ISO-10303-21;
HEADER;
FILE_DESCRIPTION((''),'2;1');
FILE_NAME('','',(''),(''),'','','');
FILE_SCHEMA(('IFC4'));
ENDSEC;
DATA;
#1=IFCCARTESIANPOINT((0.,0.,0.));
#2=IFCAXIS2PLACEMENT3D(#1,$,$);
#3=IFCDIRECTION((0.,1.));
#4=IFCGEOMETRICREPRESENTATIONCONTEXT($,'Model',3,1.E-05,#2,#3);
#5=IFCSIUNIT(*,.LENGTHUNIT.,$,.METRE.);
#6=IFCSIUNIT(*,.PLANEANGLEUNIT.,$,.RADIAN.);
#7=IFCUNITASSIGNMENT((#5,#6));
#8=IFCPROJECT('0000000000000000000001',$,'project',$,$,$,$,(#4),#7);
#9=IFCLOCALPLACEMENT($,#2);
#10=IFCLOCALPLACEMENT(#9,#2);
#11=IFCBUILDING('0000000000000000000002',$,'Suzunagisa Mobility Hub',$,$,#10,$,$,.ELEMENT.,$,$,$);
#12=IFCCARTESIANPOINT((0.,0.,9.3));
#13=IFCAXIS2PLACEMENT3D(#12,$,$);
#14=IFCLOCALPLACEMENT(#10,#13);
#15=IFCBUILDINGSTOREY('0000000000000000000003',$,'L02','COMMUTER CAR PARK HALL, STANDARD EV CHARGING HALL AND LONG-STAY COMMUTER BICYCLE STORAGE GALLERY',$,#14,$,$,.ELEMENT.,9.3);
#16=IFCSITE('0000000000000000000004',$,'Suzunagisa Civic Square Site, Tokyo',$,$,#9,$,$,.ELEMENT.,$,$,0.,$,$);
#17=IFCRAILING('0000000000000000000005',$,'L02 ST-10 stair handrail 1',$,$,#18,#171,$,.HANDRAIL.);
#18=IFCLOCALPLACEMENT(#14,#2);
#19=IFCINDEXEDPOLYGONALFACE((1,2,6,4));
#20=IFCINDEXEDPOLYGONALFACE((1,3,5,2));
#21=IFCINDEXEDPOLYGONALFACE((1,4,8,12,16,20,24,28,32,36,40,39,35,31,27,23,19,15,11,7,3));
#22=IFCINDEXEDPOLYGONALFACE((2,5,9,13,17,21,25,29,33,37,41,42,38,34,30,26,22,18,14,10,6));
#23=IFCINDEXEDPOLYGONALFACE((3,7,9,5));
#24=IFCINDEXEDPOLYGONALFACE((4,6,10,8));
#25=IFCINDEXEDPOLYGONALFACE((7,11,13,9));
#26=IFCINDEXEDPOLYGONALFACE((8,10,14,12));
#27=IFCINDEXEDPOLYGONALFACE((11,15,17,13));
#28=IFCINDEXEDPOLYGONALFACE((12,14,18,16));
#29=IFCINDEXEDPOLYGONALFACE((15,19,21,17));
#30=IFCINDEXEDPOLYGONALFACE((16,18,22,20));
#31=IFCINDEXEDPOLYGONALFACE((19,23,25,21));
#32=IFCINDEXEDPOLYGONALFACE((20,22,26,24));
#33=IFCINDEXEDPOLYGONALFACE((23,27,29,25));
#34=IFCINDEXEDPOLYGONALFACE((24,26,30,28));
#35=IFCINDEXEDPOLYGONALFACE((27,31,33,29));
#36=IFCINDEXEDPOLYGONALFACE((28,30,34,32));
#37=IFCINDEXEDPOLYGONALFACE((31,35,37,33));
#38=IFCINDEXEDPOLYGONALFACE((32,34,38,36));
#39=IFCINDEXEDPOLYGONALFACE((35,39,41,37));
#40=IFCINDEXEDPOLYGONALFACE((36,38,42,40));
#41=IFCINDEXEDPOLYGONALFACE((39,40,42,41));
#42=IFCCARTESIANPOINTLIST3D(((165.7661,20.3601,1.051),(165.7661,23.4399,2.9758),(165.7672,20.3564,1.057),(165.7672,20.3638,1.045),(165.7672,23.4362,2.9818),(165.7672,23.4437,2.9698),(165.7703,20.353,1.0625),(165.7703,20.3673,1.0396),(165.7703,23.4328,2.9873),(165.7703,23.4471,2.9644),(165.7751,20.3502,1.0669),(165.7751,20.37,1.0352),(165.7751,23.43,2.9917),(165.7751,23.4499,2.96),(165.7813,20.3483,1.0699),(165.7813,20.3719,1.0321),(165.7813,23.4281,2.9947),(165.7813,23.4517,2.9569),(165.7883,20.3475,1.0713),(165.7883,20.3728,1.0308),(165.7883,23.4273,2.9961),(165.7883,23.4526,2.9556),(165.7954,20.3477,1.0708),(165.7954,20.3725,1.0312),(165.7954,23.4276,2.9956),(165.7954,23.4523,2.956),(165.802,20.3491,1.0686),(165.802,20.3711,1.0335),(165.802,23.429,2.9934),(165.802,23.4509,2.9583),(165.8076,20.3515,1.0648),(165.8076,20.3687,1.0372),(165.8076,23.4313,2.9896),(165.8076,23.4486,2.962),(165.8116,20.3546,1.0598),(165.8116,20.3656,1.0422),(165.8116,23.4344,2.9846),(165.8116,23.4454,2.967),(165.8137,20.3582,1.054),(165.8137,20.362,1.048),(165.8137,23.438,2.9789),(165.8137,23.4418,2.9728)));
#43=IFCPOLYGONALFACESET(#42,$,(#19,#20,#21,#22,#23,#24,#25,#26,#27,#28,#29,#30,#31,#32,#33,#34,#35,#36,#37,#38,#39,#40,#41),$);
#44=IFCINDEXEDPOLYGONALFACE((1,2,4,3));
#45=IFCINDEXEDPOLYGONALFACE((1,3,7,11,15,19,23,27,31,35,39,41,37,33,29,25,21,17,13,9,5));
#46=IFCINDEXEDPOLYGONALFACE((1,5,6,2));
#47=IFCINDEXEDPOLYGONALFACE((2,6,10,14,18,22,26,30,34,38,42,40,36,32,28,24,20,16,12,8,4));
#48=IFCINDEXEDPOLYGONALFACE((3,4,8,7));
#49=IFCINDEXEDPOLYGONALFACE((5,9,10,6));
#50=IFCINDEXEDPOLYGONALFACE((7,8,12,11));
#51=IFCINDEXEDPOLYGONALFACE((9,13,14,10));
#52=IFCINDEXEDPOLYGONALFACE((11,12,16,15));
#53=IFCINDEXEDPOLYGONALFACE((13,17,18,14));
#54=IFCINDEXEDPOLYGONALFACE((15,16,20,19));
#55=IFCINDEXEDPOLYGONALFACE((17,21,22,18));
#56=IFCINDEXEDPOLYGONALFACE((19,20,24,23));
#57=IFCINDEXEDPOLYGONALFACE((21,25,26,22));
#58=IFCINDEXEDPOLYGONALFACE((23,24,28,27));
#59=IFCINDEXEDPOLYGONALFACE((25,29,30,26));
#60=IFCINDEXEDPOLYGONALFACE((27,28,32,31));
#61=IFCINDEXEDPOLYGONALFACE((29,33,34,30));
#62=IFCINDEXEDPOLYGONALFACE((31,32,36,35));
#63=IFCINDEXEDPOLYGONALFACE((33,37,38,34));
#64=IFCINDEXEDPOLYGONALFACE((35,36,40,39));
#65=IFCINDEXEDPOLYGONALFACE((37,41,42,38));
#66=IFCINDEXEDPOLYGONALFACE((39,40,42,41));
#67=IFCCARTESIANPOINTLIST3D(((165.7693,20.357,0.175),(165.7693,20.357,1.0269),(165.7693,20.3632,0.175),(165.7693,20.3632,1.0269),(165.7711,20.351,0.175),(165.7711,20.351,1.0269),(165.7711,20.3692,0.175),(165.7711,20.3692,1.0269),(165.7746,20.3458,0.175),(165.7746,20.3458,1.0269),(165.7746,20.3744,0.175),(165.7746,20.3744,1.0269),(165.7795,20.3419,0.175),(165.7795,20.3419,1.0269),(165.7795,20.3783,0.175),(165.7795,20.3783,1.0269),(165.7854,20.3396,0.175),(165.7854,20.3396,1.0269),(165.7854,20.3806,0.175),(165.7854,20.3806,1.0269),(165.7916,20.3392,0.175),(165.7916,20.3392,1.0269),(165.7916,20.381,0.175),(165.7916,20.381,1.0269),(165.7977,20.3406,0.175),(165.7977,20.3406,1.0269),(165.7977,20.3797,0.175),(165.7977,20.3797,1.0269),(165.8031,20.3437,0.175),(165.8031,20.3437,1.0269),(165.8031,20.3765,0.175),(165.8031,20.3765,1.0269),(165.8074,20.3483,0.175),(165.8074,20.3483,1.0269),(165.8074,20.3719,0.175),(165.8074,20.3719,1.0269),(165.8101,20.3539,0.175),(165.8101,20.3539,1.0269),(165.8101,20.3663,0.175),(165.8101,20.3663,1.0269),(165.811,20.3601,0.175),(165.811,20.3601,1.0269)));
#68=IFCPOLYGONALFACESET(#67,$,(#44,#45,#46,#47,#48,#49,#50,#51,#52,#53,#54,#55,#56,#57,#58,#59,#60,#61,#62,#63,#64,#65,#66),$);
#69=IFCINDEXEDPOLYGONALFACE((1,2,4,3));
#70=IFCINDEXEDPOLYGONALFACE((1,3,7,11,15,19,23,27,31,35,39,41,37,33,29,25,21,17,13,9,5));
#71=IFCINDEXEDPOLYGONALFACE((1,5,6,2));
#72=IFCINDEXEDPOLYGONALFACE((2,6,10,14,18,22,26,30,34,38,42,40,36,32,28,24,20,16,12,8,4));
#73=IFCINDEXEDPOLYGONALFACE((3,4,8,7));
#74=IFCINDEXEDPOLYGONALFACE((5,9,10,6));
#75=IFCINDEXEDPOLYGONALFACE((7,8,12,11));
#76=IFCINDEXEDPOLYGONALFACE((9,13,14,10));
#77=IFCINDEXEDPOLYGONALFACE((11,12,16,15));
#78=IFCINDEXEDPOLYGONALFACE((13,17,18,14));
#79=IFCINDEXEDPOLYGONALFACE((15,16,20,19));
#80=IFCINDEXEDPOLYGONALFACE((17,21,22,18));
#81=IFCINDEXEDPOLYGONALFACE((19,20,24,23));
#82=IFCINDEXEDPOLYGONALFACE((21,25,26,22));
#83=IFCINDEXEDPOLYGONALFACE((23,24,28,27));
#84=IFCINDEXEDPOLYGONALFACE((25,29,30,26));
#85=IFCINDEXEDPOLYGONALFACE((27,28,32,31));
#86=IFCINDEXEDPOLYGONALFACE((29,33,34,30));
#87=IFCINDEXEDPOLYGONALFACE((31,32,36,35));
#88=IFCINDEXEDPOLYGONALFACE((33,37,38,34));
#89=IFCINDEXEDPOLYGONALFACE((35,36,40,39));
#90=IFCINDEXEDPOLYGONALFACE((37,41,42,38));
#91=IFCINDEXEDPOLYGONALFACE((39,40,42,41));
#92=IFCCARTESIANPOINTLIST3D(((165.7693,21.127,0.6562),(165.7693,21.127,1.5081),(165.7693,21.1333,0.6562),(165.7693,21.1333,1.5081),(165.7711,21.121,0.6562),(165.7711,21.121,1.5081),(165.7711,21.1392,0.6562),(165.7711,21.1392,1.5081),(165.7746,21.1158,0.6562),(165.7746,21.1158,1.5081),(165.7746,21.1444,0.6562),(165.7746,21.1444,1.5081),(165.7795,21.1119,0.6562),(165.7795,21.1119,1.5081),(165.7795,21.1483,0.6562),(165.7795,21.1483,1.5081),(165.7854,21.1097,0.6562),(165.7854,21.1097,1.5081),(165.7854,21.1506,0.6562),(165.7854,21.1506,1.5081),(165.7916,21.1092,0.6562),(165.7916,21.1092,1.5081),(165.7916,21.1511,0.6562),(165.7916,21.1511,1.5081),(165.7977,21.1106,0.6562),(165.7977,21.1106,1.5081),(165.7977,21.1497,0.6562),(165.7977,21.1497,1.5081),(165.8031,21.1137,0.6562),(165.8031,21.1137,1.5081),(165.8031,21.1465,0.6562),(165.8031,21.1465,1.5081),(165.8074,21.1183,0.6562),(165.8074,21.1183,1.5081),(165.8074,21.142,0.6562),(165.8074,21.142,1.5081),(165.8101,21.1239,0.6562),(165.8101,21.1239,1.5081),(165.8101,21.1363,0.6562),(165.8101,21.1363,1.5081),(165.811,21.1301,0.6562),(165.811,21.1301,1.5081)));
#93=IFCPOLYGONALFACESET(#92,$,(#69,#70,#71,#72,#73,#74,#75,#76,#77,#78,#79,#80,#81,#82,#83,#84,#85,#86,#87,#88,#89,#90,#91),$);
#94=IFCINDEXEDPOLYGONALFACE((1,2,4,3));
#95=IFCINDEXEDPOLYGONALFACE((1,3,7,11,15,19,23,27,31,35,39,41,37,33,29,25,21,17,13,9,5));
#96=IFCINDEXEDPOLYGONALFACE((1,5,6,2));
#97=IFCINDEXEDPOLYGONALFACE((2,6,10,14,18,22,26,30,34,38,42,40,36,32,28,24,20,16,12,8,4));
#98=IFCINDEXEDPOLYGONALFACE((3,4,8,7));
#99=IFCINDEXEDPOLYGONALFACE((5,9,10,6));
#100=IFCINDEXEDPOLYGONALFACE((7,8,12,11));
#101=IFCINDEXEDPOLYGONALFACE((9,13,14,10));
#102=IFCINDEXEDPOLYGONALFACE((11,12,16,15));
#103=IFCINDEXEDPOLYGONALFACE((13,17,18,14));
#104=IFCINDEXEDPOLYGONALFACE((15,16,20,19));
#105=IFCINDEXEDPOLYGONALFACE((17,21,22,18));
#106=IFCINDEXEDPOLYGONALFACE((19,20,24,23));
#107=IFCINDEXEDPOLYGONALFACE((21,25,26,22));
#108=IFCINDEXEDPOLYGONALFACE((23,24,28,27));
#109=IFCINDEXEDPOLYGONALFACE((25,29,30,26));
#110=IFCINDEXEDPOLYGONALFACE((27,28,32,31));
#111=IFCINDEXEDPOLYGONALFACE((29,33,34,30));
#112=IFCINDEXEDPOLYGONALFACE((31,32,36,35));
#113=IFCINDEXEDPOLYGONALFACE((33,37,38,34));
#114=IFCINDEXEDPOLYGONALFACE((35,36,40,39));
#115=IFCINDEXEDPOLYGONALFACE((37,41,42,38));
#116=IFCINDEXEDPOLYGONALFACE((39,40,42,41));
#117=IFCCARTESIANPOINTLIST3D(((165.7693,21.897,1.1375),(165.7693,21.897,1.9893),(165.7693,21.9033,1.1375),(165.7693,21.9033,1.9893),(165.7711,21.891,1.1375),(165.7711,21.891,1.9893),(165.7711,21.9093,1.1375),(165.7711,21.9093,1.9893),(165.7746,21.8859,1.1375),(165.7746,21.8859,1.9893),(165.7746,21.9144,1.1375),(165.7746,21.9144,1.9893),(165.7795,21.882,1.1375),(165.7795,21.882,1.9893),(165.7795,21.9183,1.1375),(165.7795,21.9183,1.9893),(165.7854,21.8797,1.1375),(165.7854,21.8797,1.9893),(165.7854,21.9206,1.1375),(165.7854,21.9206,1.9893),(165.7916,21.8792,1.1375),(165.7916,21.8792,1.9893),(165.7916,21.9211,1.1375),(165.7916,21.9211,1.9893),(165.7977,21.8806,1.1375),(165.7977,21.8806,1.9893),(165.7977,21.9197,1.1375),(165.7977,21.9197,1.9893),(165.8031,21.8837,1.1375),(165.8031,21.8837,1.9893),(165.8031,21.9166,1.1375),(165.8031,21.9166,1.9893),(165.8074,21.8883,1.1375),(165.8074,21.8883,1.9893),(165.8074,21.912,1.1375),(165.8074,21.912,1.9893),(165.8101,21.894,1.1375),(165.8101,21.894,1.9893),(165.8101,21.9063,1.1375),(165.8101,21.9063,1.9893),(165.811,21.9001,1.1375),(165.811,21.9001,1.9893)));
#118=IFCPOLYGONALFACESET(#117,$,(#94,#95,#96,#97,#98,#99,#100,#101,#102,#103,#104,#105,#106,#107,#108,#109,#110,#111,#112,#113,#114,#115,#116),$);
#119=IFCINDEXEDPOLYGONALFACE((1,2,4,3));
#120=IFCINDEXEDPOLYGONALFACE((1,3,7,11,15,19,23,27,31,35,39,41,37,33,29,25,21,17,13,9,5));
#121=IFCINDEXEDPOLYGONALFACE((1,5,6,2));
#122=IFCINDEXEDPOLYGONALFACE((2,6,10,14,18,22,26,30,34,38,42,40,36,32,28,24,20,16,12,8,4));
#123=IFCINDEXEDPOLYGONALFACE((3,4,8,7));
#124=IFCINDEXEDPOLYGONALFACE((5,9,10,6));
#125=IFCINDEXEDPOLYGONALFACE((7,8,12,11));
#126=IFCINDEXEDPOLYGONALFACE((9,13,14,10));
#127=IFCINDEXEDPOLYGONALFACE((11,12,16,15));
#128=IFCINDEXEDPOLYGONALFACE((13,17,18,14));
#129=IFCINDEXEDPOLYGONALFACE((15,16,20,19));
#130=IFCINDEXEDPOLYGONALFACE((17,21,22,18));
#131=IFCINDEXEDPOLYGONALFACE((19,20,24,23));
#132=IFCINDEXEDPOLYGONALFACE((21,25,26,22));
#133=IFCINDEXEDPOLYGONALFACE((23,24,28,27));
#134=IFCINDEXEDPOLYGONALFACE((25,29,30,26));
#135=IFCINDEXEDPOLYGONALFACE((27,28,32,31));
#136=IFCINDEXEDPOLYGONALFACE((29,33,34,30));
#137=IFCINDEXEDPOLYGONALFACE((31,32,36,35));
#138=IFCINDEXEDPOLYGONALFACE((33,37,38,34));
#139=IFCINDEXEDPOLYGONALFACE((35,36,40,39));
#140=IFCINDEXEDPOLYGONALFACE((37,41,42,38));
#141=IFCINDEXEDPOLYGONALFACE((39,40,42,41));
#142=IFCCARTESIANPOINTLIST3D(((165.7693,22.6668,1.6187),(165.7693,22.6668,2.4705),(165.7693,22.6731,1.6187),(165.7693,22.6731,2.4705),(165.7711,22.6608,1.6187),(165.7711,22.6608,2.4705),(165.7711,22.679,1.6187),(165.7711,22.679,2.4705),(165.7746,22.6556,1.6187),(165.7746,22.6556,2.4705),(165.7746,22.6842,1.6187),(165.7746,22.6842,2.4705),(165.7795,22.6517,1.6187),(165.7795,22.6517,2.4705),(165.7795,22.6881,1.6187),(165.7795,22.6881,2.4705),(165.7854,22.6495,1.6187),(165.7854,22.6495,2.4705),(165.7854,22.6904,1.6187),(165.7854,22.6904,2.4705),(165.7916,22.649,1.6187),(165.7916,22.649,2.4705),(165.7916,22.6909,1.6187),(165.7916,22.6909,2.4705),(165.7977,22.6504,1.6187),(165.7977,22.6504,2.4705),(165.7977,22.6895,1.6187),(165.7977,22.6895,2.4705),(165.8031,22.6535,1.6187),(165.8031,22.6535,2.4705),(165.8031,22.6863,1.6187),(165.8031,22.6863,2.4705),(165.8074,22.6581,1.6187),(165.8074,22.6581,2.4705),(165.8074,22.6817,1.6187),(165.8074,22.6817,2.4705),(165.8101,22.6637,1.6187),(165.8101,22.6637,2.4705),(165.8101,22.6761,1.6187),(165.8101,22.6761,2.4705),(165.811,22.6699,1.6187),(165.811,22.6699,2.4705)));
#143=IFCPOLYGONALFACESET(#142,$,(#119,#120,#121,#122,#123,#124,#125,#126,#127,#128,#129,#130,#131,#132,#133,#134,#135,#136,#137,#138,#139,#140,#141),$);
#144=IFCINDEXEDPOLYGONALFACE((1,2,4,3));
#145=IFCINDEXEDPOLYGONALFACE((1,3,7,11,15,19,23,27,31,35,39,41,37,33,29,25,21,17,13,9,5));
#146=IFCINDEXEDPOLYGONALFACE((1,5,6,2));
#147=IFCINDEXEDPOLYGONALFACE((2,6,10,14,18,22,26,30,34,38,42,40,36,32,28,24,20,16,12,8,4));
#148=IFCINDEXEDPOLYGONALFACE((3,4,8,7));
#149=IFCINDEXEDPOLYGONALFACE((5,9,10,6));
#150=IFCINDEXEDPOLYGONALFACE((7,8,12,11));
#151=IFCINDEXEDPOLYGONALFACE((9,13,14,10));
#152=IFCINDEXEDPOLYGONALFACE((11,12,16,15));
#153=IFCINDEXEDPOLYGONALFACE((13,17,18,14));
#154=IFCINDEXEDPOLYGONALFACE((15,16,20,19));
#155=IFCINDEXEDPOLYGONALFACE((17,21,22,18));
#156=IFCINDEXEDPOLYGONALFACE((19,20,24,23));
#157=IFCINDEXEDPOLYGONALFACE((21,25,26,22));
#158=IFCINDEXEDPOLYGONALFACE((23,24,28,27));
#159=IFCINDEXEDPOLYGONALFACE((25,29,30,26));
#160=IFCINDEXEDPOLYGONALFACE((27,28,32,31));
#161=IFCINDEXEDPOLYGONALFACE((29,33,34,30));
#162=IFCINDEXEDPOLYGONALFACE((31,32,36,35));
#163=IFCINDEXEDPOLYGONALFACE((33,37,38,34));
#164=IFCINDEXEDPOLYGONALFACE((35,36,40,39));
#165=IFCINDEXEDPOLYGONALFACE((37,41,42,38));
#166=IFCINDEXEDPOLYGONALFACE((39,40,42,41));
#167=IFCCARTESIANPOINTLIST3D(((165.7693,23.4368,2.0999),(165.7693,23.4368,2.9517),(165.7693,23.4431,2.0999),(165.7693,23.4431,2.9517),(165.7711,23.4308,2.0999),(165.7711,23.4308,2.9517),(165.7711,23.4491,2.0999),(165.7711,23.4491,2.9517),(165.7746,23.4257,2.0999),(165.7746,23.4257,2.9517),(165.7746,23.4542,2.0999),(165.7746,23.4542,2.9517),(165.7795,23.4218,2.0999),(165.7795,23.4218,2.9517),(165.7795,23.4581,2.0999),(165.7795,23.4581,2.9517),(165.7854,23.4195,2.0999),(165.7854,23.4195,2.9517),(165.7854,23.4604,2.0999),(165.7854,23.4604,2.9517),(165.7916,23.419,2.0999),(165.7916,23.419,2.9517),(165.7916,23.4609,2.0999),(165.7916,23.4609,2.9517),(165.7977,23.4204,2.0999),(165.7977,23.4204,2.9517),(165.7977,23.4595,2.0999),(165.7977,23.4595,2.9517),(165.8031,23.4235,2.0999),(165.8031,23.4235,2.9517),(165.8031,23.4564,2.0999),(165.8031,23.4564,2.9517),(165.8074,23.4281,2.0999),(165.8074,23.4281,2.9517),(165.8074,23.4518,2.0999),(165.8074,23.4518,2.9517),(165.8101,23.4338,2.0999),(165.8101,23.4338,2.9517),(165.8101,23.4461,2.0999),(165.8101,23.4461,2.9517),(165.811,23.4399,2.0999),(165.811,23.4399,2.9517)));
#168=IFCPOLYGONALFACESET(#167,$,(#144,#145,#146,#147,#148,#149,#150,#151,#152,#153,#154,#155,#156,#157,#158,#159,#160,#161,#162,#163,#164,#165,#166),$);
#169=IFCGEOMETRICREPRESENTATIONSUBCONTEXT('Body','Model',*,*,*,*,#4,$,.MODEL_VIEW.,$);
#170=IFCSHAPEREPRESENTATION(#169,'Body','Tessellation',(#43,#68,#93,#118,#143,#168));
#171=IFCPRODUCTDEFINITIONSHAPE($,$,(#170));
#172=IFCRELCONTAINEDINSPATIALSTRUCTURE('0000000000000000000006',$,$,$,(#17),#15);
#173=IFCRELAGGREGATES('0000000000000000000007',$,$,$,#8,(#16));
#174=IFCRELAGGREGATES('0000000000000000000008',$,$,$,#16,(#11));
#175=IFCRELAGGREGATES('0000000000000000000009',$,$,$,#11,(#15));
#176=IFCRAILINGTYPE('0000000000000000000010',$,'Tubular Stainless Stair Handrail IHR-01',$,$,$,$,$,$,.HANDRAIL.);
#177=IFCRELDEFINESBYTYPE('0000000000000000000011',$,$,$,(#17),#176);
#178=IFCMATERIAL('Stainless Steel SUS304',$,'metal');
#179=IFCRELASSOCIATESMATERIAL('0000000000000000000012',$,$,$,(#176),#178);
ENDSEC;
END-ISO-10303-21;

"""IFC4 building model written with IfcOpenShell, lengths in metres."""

from ifc_helpers import new_model, si_unit, direction, frame, origin, origin_2d, place, context, subcontext, project, spatial, circle, extrude, material, type_object, element, save


model = new_model("IFC4")

# Units and contexts
model_context = context("Model", 3, precision=1e-05, world=origin(), true_north=direction((0.0, 1.0)))
body_context = subcontext(model_context, "Body", "Model", "MODEL_VIEW")
ifc_project = project(units=[si_unit("LENGTHUNIT", "METRE"), si_unit("PLANEANGLEUNIT", "RADIAN")], contexts=[model_context])

# Site, building, storey
site_placement = place(None, origin())
site = spatial("IfcSite", under=ifc_project, at=site_placement, Name="Suzunagisa Civic Square Site, Tokyo", CompositionType="ELEMENT", RefElevation=0.0)
building_placement = place(site_placement, origin())
building = spatial("IfcBuilding", under=site, at=building_placement, Name="Suzunagisa Mobility Hub", CompositionType="ELEMENT")
storey_placement = place(building_placement, frame((0.0, 0.0, 9.3)))
storey = spatial("IfcBuildingStorey", under=building, at=storey_placement, Name="L02", Description="COMMUTER CAR PARK HALL, STANDARD EV CHARGING HALL AND LONG-STAY COMMUTER BICYCLE STORAGE GALLERY", CompositionType="ELEMENT", Elevation=9.3)

# Railing
ifc_material_1 = material(Name="Stainless Steel SUS304", Category="metal")
railing_type_1 = type_object("IfcRailingType", Name="Tubular Stainless Stair Handrail IHR-01", PredefinedType="HANDRAIL", material=ifc_material_1)
railing_1_placement = place(storey_placement, frame((165.79, 20.3601, 0.175)))
element("IfcRailing", 1, at=railing_1_placement, inside=storey, type_object=railing_type_1, Name="L02 ST-10 stair handrail 1", PredefinedType="HANDRAIL", context=body_context, shape_type="SweptSolid", body=[
    extrude(circle(Radius=0.0239, at=origin_2d()), frame((0.0, 0.0, 0.876), z_axis=(0.0, 0.84801, 0.529981), x_axis=(-1.0, 0.0, 0.0)), (0.0, 0.0, 1.0), 3.6318),
    extrude(circle(Radius=0.021, at=origin_2d()), origin(), (0.0, 0.0, 1.0), 0.8518),
    extrude(circle(Radius=0.021, at=origin_2d()), frame((0.0, 0.77, 0.4812)), (0.0, 0.0, 1.0), 0.8518),
    extrude(circle(Radius=0.021, at=origin_2d()), frame((0.0, 1.54, 0.9624)), (0.0, 0.0, 1.0), 0.8518),
    extrude(circle(Radius=0.021, at=origin_2d()), frame((0.0, 2.3098, 1.4436)), (0.0, 0.0, 1.0), 0.8518),
    extrude(circle(Radius=0.021, at=origin_2d()), frame((0.0, 3.0798, 1.9248)), (0.0, 0.0, 1.0), 0.8518),
])

save(model, "model.ifc")
